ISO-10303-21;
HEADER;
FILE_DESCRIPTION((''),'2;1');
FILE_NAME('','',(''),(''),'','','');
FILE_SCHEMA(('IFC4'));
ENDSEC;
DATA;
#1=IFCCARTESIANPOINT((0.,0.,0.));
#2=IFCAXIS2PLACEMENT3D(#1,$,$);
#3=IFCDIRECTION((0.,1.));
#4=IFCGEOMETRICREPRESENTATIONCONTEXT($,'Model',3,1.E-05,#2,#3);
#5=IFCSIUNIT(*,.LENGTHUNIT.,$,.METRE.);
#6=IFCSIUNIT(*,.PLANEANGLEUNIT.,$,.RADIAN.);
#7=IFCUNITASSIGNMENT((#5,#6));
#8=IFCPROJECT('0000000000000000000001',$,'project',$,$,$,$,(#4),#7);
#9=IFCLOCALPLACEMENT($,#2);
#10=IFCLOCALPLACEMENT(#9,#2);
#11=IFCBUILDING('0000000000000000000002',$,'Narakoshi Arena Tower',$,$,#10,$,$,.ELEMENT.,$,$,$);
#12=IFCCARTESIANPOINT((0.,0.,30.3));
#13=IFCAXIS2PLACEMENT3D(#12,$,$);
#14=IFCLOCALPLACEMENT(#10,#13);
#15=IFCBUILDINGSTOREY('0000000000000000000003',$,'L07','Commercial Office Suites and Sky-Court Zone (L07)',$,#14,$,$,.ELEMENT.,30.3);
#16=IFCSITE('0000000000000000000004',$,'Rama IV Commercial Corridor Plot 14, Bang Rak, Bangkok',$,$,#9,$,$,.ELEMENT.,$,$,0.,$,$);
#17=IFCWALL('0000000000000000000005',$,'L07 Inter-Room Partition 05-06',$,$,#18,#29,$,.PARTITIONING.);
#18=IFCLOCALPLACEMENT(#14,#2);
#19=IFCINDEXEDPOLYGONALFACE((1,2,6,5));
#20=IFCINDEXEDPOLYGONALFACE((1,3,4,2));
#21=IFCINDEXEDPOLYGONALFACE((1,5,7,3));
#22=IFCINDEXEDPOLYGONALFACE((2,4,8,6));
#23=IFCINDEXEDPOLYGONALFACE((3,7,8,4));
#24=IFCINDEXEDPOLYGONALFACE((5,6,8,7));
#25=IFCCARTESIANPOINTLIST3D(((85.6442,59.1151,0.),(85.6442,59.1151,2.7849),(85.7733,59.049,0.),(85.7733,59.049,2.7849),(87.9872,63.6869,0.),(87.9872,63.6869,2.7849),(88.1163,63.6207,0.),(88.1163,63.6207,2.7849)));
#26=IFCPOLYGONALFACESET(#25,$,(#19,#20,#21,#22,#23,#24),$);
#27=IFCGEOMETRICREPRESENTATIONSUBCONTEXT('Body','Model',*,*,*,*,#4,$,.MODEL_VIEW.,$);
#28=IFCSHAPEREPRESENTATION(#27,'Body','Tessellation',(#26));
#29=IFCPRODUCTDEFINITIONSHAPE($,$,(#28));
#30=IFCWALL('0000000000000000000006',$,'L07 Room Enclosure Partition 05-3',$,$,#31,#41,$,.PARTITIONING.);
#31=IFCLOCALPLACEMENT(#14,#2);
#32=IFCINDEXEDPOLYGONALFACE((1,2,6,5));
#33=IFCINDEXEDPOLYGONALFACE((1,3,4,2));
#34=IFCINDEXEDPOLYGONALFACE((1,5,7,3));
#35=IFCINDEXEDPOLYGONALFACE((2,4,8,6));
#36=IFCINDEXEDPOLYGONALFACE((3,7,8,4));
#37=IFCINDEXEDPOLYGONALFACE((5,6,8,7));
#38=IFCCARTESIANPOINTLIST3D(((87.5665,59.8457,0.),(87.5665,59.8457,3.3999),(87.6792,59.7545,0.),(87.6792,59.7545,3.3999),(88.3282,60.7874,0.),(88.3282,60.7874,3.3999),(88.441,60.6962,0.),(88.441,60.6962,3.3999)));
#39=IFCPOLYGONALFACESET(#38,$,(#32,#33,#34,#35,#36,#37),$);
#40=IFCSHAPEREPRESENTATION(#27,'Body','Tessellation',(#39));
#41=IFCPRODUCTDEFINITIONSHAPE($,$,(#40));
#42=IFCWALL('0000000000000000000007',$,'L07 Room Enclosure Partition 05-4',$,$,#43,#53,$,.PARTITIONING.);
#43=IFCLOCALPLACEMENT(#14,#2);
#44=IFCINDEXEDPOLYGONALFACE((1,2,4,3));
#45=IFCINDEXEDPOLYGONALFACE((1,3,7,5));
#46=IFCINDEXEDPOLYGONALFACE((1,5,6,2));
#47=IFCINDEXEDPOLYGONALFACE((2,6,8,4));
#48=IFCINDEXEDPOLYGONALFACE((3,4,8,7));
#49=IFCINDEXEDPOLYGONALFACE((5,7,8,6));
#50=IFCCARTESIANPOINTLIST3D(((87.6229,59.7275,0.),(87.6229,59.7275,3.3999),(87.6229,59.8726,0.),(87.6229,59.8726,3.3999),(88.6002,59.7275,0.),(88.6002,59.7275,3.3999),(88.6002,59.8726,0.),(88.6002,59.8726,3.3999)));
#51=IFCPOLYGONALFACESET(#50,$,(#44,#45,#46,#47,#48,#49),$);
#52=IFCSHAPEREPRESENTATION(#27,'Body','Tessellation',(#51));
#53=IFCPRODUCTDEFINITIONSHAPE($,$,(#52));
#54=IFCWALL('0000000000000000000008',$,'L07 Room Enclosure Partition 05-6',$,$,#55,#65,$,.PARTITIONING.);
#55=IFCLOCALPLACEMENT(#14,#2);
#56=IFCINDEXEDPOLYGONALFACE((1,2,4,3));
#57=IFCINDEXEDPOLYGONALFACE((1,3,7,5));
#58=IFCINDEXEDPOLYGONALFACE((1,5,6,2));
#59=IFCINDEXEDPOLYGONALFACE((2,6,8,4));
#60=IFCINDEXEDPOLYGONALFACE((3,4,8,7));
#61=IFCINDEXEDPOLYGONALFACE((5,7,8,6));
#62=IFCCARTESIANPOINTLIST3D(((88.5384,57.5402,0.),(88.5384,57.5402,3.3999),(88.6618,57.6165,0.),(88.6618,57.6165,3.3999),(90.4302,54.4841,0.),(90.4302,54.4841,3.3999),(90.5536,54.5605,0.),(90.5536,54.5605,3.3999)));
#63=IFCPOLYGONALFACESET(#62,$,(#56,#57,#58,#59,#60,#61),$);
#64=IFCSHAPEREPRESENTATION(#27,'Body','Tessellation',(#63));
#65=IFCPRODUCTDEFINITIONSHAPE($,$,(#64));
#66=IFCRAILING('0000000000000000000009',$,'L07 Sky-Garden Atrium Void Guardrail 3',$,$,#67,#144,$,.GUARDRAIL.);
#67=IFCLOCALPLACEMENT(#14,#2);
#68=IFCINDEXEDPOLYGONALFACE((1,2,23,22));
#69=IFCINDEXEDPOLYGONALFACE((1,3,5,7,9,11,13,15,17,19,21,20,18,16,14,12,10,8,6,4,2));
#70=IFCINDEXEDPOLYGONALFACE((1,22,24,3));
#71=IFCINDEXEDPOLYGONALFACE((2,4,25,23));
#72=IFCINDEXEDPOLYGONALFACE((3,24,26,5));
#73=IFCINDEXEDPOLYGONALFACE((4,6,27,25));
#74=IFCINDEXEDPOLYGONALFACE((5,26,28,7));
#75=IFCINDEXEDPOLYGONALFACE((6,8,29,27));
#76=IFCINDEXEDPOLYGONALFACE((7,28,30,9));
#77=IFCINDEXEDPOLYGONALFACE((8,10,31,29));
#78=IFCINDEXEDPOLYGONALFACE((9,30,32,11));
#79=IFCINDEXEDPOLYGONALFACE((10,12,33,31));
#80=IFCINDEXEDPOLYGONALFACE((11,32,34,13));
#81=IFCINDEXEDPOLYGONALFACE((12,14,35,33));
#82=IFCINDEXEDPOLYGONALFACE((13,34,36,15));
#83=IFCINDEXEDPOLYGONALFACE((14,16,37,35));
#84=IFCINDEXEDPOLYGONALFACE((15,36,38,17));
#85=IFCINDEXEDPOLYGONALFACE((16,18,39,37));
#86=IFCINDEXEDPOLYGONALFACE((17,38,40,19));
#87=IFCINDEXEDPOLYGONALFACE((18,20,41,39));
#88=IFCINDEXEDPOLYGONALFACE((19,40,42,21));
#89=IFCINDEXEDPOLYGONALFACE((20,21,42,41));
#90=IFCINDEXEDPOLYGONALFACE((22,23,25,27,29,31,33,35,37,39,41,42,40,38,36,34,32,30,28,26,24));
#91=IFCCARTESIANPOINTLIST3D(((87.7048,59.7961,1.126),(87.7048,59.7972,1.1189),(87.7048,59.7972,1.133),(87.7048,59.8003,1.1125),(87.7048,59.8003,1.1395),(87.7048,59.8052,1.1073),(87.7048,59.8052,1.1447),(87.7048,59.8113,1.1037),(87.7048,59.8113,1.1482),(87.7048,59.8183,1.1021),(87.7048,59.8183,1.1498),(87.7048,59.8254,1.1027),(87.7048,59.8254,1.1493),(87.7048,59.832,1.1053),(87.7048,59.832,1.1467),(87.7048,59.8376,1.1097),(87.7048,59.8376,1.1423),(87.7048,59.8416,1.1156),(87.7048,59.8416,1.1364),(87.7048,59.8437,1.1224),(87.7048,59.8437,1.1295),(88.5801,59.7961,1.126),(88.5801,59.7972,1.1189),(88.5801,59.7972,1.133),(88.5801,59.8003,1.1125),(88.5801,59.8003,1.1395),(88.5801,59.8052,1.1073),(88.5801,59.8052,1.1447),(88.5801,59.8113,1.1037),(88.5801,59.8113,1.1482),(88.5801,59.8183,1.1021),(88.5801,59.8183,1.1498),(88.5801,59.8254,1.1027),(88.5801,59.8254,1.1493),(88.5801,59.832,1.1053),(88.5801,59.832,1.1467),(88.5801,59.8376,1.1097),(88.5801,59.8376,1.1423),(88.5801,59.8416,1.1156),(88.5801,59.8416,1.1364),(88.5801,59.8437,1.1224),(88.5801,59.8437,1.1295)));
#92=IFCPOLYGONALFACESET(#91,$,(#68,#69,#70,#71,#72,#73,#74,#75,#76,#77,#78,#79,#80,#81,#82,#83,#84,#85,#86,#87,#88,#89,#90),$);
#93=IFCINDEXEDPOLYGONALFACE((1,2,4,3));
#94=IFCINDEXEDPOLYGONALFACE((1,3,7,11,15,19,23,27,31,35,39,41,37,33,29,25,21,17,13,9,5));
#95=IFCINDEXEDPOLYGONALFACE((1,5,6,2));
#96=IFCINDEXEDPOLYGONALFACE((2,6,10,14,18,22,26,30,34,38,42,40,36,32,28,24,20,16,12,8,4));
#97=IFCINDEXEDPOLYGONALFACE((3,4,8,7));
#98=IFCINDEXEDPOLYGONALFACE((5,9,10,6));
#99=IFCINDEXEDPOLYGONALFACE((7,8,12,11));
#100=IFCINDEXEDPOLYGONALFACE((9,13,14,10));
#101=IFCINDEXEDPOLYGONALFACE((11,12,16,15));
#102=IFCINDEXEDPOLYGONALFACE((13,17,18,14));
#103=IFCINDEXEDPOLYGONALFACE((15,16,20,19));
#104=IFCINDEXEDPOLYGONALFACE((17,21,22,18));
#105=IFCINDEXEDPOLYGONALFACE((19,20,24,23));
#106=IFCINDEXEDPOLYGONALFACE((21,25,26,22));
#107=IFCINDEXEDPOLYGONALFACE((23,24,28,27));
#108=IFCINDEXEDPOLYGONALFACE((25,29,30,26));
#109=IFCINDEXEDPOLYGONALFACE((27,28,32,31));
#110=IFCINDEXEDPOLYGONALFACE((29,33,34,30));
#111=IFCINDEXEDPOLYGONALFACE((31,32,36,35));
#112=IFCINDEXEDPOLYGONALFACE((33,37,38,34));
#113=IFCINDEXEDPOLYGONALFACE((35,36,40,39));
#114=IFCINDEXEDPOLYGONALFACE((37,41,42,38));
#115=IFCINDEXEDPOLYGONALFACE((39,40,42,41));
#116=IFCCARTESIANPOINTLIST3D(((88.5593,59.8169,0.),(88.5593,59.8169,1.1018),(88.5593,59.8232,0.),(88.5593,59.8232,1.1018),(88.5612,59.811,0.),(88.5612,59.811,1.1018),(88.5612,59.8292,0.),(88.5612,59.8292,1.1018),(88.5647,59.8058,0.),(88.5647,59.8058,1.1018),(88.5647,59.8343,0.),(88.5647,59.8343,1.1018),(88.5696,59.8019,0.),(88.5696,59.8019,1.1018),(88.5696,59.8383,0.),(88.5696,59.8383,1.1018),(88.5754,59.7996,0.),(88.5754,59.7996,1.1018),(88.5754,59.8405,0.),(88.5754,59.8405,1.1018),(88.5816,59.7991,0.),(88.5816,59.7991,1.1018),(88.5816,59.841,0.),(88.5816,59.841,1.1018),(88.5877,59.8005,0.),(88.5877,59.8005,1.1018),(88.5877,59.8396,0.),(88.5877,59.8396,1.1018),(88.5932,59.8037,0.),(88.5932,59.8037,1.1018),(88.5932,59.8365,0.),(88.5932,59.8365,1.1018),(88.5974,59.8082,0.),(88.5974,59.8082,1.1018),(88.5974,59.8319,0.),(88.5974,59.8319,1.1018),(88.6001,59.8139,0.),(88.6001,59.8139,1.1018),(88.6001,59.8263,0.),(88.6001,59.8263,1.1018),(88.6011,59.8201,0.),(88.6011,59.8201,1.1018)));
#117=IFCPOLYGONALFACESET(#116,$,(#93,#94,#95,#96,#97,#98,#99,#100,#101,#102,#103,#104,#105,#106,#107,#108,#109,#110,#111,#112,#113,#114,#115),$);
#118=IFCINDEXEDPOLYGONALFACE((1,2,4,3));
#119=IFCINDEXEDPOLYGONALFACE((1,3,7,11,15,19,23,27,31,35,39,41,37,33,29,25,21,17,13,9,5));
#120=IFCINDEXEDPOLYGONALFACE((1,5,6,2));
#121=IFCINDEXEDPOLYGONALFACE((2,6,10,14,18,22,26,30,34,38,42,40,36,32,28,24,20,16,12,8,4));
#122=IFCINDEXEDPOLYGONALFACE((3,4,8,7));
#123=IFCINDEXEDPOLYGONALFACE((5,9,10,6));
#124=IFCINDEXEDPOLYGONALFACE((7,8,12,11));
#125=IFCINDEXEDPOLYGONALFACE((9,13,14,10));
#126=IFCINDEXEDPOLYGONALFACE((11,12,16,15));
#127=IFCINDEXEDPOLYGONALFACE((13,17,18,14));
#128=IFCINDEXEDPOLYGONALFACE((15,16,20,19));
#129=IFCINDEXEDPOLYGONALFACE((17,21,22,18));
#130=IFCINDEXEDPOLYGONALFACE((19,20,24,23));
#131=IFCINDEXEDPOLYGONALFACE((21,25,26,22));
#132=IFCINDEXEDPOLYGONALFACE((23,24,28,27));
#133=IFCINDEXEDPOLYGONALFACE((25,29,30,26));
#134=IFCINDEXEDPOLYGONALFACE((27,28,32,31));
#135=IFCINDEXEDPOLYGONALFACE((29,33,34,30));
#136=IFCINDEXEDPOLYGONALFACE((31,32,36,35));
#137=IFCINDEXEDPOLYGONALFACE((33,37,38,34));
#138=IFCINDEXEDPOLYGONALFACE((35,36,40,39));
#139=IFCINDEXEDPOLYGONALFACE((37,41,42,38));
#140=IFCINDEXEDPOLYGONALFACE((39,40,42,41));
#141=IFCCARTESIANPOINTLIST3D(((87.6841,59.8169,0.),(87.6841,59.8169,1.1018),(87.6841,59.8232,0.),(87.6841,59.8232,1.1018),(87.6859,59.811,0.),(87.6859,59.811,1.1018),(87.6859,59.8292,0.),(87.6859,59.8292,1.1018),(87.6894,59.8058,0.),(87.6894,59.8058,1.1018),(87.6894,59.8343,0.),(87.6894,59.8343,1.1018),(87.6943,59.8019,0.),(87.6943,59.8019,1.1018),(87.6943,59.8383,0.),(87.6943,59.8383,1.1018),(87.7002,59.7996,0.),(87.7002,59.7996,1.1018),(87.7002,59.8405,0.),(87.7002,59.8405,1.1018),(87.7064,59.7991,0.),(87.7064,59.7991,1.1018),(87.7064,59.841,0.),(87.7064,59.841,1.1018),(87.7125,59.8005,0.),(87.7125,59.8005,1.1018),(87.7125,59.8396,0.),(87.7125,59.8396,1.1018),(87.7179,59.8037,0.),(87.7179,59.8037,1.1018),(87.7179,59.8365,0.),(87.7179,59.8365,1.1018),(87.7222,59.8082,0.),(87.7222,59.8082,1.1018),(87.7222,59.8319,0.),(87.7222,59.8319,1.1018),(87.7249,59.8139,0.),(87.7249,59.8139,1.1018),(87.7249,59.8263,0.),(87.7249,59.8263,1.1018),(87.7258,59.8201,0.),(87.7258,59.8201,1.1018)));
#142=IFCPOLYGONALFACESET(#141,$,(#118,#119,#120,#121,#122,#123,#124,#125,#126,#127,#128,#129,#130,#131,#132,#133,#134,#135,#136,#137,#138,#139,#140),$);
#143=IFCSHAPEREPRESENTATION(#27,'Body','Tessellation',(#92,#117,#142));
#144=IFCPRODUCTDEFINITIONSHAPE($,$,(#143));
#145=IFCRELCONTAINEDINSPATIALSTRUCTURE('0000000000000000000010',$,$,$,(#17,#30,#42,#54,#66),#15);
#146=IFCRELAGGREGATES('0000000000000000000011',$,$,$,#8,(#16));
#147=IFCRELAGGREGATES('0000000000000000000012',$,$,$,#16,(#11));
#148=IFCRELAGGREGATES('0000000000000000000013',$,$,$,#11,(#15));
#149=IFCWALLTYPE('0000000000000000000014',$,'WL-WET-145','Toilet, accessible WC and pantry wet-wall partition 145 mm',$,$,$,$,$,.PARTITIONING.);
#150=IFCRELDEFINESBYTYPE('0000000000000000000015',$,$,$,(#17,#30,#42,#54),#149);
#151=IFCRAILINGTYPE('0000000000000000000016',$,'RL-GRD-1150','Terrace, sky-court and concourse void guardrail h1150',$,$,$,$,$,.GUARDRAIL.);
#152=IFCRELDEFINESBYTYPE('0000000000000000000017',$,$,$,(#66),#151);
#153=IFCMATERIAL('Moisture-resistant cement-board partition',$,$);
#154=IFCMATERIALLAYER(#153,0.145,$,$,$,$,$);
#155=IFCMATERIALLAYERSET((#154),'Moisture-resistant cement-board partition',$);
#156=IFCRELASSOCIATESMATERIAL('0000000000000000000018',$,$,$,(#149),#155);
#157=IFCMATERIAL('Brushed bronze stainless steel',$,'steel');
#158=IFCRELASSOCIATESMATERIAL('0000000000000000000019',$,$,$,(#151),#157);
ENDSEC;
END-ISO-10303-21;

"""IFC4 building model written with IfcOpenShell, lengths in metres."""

from ifc_helpers import new_model, si_unit, direction, frame, frame_2d, origin, origin_2d, place, context, subcontext, project, spatial, rectangle, circle, extrude, material, layer, layer_set, type_object, element, save


model = new_model("IFC4")

# Units and contexts
model_context = context("Model", 3, precision=1e-05, world=origin(), true_north=direction((0.0, 1.0)))
body_context = subcontext(model_context, "Body", "Model", "MODEL_VIEW")
ifc_project = project(units=[si_unit("LENGTHUNIT", "METRE"), si_unit("PLANEANGLEUNIT", "RADIAN")], contexts=[model_context])

# Site, building, storey
site_placement = place(None, origin())
site = spatial("IfcSite", under=ifc_project, at=site_placement, Name="Rama IV Commercial Corridor Plot 14, Bang Rak, Bangkok", CompositionType="ELEMENT", RefElevation=0.0)
building_placement = place(site_placement, origin())
building = spatial("IfcBuilding", under=site, at=building_placement, Name="Narakoshi Arena Tower", CompositionType="ELEMENT")
storey_placement = place(building_placement, frame((0.0, 0.0, 30.3)))
storey = spatial("IfcBuildingStorey", under=building, at=storey_placement, Name="L07", Description="Commercial Office Suites and Sky-Court Zone (L07)", CompositionType="ELEMENT", Elevation=30.3)

# Shared definitions
ifc_material_1 = material(Name="Moisture-resistant cement-board partition")
ifc_layer_1 = layer(ifc_material_1, 0.145)
ifc_layer_set_1 = layer_set([ifc_layer_1], Name="Moisture-resistant cement-board partition")
wall_type_1 = type_object("IfcWallType", Name="WL-WET-145", Description="Toilet, accessible WC and pantry wet-wall partition 145 mm", PredefinedType="PARTITIONING", material=ifc_layer_set_1)

# Walls
wall_1_placement = place(storey_placement, frame((85.7087, 59.082, 0.0), z_axis=(0.0, 0.0, 1.0), x_axis=(0.456088, 0.889935, 0.0)))
element("IfcWall", 1, at=wall_1_placement, inside=storey, type_object=wall_type_1, Name="L07 Inter-Room Partition 05-06", PredefinedType="PARTITIONING", context=body_context, shape_type="SweptSolid", body=[
    extrude(rectangle(XDim=5.1372, YDim=0.145, at=frame_2d((2.5686, 0.0))), origin(), (0.0, 0.0, 1.0), 2.7849),
])
wall_2_placement = place(storey_placement, frame((88.3845, 60.7417, 0.0), z_axis=(0.0, 0.0, 1.0), x_axis=(-0.628914, -0.777475, 0.0)))
element("IfcWall", 2, at=wall_2_placement, inside=storey, type_object=wall_type_1, Name="L07 Room Enclosure Partition 05-3", PredefinedType="PARTITIONING", context=body_context, shape_type="SweptSolid", body=[
    extrude(rectangle(XDim=1.2112, YDim=0.145, at=frame_2d((0.6055, 0.0))), origin(), (0.0, 0.0, 1.0), 3.3999),
])
wall_3_placement = place(storey_placement, frame((87.6228, 59.8, 0.0), z_axis=(0.0, 0.0, 1.0), x_axis=(1.0, 0.0, 0.0)))
element("IfcWall", 3, at=wall_3_placement, inside=storey, type_object=wall_type_1, Name="L07 Room Enclosure Partition 05-4", PredefinedType="PARTITIONING", context=body_context, shape_type="SweptSolid", body=[
    extrude(rectangle(XDim=0.9773, YDim=0.145, at=frame_2d((0.4888, 0.0))), origin(), (0.0, 0.0, 1.0), 3.3999),
])
wall_4_placement = place(storey_placement, frame((88.6001, 57.5784, 0.0), z_axis=(0.0, 0.0, 1.0), x_axis=(0.526343, -0.850272, 0.0)))
element("IfcWall", 4, at=wall_4_placement, inside=storey, type_object=wall_type_1, Name="L07 Room Enclosure Partition 05-6", PredefinedType="PARTITIONING", context=body_context, shape_type="SweptSolid", body=[
    extrude(rectangle(XDim=3.5942, YDim=0.145, at=frame_2d((1.7971, 0.0))), origin(), (0.0, 0.0, 1.0), 3.3999),
])

# Railing
ifc_material_2 = material(Name="Brushed bronze stainless steel", Category="steel")
railing_type = type_object("IfcRailingType", Name="RL-GRD-1150", Description="Terrace, sky-court and concourse void guardrail h1150", PredefinedType="GUARDRAIL", material=ifc_material_2)
railing_1_placement = place(storey_placement, frame((88.5801, 59.8201, 0.0)))
element("IfcRailing", 5, at=railing_1_placement, inside=storey, type_object=railing_type, Name="L07 Sky-Garden Atrium Void Guardrail 3", PredefinedType="GUARDRAIL", context=body_context, shape_type="SweptSolid", body=[
    extrude(circle(Radius=0.0239, at=origin_2d()), frame((0.0, 0.0, 1.126), z_axis=(-1.0, 0.0, 0.0), x_axis=(0.0, -1.0, 0.0)), (0.0, 0.0, 1.0), 0.8752),
    extrude(circle(Radius=0.021, at=origin_2d()), origin(), (0.0, 0.0, 1.0), 1.1018),
    extrude(circle(Radius=0.021, at=origin_2d()), frame((-0.8752, 0.0, 0.0)), (0.0, 0.0, 1.0), 1.1018),
])

save(model, "model.ifc")
